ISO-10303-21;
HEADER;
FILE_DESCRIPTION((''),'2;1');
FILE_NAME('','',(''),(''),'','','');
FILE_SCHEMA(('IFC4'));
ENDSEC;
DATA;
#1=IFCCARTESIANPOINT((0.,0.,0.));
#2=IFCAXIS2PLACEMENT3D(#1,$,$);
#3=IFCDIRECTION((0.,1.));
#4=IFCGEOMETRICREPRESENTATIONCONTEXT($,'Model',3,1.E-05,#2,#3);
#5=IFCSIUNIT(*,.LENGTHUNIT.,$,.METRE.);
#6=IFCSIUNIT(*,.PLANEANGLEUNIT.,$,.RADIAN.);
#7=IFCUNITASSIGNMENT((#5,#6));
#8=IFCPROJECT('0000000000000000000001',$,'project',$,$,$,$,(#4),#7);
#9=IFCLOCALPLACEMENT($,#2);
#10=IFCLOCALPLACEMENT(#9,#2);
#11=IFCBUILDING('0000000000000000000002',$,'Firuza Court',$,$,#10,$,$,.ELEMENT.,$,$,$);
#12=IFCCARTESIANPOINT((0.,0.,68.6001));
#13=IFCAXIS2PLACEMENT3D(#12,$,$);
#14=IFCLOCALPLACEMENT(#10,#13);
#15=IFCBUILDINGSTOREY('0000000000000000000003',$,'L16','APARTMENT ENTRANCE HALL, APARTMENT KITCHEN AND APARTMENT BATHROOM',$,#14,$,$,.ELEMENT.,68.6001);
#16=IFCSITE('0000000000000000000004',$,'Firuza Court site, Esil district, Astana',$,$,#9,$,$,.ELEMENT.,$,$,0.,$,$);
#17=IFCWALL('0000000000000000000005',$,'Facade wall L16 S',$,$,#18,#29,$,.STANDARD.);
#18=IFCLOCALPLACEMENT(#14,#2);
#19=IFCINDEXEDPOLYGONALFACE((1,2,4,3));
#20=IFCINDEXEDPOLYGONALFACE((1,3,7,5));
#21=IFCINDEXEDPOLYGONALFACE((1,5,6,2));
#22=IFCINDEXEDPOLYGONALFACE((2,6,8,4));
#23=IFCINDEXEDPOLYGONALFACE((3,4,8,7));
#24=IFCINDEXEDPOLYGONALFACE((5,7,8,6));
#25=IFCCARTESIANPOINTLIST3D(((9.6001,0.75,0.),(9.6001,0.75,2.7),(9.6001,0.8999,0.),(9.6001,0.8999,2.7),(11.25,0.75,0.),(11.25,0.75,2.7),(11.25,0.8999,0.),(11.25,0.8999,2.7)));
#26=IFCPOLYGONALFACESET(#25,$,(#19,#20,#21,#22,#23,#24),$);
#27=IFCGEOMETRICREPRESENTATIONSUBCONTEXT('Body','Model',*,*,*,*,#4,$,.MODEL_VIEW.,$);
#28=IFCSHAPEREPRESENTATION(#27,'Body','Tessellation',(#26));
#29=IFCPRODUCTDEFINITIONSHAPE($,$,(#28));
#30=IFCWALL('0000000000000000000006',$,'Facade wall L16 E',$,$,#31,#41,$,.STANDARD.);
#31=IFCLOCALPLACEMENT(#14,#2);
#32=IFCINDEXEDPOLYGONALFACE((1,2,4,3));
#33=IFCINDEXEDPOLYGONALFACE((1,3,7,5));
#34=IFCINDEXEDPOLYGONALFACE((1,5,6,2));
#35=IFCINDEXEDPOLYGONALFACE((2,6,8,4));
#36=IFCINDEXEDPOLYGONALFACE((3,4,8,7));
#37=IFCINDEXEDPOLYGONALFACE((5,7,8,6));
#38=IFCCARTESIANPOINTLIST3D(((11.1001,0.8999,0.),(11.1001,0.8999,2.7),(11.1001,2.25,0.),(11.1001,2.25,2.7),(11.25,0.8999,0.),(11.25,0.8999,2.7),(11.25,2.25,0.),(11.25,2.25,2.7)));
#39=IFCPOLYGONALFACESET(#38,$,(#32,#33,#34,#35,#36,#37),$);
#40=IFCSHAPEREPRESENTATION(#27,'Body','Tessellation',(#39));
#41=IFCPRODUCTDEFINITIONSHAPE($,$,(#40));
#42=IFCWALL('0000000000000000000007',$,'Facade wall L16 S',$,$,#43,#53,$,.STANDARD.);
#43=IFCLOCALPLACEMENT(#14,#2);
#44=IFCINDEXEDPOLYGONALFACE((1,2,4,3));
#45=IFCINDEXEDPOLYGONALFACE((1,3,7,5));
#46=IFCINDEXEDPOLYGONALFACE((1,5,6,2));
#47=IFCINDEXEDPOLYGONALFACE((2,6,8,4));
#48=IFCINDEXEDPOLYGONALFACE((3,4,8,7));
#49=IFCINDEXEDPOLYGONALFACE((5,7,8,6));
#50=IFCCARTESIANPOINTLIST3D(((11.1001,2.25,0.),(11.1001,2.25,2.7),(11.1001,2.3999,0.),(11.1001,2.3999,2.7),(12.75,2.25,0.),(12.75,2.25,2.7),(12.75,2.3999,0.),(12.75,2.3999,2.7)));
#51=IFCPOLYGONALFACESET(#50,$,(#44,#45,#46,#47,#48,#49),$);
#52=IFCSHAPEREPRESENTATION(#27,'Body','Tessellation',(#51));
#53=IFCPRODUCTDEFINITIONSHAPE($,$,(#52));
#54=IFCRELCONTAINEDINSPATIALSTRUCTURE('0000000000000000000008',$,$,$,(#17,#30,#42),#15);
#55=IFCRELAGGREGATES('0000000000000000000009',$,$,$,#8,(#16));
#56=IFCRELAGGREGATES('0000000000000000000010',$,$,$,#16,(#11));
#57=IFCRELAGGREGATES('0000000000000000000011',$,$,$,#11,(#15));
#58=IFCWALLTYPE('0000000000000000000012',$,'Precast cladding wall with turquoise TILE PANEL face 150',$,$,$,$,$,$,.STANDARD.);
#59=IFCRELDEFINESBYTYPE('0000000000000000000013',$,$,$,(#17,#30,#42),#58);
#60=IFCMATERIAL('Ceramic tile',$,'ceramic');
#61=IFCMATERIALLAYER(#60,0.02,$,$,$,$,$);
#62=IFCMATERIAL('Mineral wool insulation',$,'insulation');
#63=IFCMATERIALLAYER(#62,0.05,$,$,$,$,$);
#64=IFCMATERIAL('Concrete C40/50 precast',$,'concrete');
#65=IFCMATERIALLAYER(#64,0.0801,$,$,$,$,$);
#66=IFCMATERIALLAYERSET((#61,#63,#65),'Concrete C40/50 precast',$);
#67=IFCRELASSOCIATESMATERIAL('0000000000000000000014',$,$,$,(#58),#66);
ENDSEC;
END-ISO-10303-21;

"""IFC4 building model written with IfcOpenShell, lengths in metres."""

from ifc_helpers import new_model, si_unit, direction, frame, frame_2d, origin, place, context, subcontext, project, spatial, rectangle, extrude, material, layer, layer_set, type_object, element, save


model = new_model("IFC4")

# Units and contexts
model_context = context("Model", 3, precision=1e-05, world=origin(), true_north=direction((0.0, 1.0)))
body_context = subcontext(model_context, "Body", "Model", "MODEL_VIEW")
ifc_project = project(units=[si_unit("LENGTHUNIT", "METRE"), si_unit("PLANEANGLEUNIT", "RADIAN")], contexts=[model_context])

# Site, building, storey
site_placement = place(None, origin())
site = spatial("IfcSite", under=ifc_project, at=site_placement, Name="Firuza Court site, Esil district, Astana", CompositionType="ELEMENT", RefElevation=0.0)
building_placement = place(site_placement, origin())
building = spatial("IfcBuilding", under=site, at=building_placement, Name="Firuza Court", CompositionType="ELEMENT")
storey_placement = place(building_placement, frame((0.0, 0.0, 68.6001)))
storey = spatial("IfcBuildingStorey", under=building, at=storey_placement, Name="L16", Description="APARTMENT ENTRANCE HALL, APARTMENT KITCHEN AND APARTMENT BATHROOM", CompositionType="ELEMENT", Elevation=68.6001)

# Walls
ifc_material_1 = material(Name="Ceramic tile", Category="ceramic")
ifc_layer_1 = layer(ifc_material_1, 0.02)
ifc_material_2 = material(Name="Mineral wool insulation", Category="insulation")
ifc_layer_2 = layer(ifc_material_2, 0.05)
ifc_material_3 = material(Name="Concrete C40/50 precast", Category="concrete")
ifc_layer_3 = layer(ifc_material_3, 0.0801)
ifc_layer_set_1 = layer_set([ifc_layer_1, ifc_layer_2, ifc_layer_3], Name="Concrete C40/50 precast")
wall_type_1 = type_object("IfcWallType", Name="Precast cladding wall with turquoise TILE PANEL face 150", PredefinedType="STANDARD", material=ifc_layer_set_1)
wall_1_placement = place(storey_placement, frame((9.6001, 0.825, 0.0), z_axis=(0.0, 0.0, 1.0), x_axis=(1.0, 0.0, 0.0)))
element("IfcWall", 1, at=wall_1_placement, inside=storey, type_object=wall_type_1, Name="Facade wall L16 S", PredefinedType="STANDARD", context=body_context, shape_type="SweptSolid", body=[
    extrude(rectangle(XDim=1.6499, YDim=0.1499, at=frame_2d((0.825, 0.0))), origin(), (0.0, 0.0, 1.0), 2.7),
])
wall_2_placement = place(storey_placement, frame((11.175, 0.8999, 0.0), z_axis=(0.0, 0.0, 1.0), x_axis=(0.0, 1.0, 0.0)))
element("IfcWall", 2, at=wall_2_placement, inside=storey, type_object=wall_type_1, Name="Facade wall L16 E", PredefinedType="STANDARD", context=body_context, shape_type="SweptSolid", body=[
    extrude(rectangle(XDim=1.3501, YDim=0.1499, at=frame_2d((0.675, 0.0))), origin(), (0.0, 0.0, 1.0), 2.7),
])
wall_3_placement = place(storey_placement, frame((11.1001, 2.325, 0.0), z_axis=(0.0, 0.0, 1.0), x_axis=(1.0, 0.0, 0.0)))
element("IfcWall", 3, at=wall_3_placement, inside=storey, type_object=wall_type_1, Name="Facade wall L16 S", PredefinedType="STANDARD", context=body_context, shape_type="SweptSolid", body=[
    extrude(rectangle(XDim=1.6499, YDim=0.1499, at=frame_2d((0.825, 0.0))), origin(), (0.0, 0.0, 1.0), 2.7),
])

save(model, "model.ifc")
